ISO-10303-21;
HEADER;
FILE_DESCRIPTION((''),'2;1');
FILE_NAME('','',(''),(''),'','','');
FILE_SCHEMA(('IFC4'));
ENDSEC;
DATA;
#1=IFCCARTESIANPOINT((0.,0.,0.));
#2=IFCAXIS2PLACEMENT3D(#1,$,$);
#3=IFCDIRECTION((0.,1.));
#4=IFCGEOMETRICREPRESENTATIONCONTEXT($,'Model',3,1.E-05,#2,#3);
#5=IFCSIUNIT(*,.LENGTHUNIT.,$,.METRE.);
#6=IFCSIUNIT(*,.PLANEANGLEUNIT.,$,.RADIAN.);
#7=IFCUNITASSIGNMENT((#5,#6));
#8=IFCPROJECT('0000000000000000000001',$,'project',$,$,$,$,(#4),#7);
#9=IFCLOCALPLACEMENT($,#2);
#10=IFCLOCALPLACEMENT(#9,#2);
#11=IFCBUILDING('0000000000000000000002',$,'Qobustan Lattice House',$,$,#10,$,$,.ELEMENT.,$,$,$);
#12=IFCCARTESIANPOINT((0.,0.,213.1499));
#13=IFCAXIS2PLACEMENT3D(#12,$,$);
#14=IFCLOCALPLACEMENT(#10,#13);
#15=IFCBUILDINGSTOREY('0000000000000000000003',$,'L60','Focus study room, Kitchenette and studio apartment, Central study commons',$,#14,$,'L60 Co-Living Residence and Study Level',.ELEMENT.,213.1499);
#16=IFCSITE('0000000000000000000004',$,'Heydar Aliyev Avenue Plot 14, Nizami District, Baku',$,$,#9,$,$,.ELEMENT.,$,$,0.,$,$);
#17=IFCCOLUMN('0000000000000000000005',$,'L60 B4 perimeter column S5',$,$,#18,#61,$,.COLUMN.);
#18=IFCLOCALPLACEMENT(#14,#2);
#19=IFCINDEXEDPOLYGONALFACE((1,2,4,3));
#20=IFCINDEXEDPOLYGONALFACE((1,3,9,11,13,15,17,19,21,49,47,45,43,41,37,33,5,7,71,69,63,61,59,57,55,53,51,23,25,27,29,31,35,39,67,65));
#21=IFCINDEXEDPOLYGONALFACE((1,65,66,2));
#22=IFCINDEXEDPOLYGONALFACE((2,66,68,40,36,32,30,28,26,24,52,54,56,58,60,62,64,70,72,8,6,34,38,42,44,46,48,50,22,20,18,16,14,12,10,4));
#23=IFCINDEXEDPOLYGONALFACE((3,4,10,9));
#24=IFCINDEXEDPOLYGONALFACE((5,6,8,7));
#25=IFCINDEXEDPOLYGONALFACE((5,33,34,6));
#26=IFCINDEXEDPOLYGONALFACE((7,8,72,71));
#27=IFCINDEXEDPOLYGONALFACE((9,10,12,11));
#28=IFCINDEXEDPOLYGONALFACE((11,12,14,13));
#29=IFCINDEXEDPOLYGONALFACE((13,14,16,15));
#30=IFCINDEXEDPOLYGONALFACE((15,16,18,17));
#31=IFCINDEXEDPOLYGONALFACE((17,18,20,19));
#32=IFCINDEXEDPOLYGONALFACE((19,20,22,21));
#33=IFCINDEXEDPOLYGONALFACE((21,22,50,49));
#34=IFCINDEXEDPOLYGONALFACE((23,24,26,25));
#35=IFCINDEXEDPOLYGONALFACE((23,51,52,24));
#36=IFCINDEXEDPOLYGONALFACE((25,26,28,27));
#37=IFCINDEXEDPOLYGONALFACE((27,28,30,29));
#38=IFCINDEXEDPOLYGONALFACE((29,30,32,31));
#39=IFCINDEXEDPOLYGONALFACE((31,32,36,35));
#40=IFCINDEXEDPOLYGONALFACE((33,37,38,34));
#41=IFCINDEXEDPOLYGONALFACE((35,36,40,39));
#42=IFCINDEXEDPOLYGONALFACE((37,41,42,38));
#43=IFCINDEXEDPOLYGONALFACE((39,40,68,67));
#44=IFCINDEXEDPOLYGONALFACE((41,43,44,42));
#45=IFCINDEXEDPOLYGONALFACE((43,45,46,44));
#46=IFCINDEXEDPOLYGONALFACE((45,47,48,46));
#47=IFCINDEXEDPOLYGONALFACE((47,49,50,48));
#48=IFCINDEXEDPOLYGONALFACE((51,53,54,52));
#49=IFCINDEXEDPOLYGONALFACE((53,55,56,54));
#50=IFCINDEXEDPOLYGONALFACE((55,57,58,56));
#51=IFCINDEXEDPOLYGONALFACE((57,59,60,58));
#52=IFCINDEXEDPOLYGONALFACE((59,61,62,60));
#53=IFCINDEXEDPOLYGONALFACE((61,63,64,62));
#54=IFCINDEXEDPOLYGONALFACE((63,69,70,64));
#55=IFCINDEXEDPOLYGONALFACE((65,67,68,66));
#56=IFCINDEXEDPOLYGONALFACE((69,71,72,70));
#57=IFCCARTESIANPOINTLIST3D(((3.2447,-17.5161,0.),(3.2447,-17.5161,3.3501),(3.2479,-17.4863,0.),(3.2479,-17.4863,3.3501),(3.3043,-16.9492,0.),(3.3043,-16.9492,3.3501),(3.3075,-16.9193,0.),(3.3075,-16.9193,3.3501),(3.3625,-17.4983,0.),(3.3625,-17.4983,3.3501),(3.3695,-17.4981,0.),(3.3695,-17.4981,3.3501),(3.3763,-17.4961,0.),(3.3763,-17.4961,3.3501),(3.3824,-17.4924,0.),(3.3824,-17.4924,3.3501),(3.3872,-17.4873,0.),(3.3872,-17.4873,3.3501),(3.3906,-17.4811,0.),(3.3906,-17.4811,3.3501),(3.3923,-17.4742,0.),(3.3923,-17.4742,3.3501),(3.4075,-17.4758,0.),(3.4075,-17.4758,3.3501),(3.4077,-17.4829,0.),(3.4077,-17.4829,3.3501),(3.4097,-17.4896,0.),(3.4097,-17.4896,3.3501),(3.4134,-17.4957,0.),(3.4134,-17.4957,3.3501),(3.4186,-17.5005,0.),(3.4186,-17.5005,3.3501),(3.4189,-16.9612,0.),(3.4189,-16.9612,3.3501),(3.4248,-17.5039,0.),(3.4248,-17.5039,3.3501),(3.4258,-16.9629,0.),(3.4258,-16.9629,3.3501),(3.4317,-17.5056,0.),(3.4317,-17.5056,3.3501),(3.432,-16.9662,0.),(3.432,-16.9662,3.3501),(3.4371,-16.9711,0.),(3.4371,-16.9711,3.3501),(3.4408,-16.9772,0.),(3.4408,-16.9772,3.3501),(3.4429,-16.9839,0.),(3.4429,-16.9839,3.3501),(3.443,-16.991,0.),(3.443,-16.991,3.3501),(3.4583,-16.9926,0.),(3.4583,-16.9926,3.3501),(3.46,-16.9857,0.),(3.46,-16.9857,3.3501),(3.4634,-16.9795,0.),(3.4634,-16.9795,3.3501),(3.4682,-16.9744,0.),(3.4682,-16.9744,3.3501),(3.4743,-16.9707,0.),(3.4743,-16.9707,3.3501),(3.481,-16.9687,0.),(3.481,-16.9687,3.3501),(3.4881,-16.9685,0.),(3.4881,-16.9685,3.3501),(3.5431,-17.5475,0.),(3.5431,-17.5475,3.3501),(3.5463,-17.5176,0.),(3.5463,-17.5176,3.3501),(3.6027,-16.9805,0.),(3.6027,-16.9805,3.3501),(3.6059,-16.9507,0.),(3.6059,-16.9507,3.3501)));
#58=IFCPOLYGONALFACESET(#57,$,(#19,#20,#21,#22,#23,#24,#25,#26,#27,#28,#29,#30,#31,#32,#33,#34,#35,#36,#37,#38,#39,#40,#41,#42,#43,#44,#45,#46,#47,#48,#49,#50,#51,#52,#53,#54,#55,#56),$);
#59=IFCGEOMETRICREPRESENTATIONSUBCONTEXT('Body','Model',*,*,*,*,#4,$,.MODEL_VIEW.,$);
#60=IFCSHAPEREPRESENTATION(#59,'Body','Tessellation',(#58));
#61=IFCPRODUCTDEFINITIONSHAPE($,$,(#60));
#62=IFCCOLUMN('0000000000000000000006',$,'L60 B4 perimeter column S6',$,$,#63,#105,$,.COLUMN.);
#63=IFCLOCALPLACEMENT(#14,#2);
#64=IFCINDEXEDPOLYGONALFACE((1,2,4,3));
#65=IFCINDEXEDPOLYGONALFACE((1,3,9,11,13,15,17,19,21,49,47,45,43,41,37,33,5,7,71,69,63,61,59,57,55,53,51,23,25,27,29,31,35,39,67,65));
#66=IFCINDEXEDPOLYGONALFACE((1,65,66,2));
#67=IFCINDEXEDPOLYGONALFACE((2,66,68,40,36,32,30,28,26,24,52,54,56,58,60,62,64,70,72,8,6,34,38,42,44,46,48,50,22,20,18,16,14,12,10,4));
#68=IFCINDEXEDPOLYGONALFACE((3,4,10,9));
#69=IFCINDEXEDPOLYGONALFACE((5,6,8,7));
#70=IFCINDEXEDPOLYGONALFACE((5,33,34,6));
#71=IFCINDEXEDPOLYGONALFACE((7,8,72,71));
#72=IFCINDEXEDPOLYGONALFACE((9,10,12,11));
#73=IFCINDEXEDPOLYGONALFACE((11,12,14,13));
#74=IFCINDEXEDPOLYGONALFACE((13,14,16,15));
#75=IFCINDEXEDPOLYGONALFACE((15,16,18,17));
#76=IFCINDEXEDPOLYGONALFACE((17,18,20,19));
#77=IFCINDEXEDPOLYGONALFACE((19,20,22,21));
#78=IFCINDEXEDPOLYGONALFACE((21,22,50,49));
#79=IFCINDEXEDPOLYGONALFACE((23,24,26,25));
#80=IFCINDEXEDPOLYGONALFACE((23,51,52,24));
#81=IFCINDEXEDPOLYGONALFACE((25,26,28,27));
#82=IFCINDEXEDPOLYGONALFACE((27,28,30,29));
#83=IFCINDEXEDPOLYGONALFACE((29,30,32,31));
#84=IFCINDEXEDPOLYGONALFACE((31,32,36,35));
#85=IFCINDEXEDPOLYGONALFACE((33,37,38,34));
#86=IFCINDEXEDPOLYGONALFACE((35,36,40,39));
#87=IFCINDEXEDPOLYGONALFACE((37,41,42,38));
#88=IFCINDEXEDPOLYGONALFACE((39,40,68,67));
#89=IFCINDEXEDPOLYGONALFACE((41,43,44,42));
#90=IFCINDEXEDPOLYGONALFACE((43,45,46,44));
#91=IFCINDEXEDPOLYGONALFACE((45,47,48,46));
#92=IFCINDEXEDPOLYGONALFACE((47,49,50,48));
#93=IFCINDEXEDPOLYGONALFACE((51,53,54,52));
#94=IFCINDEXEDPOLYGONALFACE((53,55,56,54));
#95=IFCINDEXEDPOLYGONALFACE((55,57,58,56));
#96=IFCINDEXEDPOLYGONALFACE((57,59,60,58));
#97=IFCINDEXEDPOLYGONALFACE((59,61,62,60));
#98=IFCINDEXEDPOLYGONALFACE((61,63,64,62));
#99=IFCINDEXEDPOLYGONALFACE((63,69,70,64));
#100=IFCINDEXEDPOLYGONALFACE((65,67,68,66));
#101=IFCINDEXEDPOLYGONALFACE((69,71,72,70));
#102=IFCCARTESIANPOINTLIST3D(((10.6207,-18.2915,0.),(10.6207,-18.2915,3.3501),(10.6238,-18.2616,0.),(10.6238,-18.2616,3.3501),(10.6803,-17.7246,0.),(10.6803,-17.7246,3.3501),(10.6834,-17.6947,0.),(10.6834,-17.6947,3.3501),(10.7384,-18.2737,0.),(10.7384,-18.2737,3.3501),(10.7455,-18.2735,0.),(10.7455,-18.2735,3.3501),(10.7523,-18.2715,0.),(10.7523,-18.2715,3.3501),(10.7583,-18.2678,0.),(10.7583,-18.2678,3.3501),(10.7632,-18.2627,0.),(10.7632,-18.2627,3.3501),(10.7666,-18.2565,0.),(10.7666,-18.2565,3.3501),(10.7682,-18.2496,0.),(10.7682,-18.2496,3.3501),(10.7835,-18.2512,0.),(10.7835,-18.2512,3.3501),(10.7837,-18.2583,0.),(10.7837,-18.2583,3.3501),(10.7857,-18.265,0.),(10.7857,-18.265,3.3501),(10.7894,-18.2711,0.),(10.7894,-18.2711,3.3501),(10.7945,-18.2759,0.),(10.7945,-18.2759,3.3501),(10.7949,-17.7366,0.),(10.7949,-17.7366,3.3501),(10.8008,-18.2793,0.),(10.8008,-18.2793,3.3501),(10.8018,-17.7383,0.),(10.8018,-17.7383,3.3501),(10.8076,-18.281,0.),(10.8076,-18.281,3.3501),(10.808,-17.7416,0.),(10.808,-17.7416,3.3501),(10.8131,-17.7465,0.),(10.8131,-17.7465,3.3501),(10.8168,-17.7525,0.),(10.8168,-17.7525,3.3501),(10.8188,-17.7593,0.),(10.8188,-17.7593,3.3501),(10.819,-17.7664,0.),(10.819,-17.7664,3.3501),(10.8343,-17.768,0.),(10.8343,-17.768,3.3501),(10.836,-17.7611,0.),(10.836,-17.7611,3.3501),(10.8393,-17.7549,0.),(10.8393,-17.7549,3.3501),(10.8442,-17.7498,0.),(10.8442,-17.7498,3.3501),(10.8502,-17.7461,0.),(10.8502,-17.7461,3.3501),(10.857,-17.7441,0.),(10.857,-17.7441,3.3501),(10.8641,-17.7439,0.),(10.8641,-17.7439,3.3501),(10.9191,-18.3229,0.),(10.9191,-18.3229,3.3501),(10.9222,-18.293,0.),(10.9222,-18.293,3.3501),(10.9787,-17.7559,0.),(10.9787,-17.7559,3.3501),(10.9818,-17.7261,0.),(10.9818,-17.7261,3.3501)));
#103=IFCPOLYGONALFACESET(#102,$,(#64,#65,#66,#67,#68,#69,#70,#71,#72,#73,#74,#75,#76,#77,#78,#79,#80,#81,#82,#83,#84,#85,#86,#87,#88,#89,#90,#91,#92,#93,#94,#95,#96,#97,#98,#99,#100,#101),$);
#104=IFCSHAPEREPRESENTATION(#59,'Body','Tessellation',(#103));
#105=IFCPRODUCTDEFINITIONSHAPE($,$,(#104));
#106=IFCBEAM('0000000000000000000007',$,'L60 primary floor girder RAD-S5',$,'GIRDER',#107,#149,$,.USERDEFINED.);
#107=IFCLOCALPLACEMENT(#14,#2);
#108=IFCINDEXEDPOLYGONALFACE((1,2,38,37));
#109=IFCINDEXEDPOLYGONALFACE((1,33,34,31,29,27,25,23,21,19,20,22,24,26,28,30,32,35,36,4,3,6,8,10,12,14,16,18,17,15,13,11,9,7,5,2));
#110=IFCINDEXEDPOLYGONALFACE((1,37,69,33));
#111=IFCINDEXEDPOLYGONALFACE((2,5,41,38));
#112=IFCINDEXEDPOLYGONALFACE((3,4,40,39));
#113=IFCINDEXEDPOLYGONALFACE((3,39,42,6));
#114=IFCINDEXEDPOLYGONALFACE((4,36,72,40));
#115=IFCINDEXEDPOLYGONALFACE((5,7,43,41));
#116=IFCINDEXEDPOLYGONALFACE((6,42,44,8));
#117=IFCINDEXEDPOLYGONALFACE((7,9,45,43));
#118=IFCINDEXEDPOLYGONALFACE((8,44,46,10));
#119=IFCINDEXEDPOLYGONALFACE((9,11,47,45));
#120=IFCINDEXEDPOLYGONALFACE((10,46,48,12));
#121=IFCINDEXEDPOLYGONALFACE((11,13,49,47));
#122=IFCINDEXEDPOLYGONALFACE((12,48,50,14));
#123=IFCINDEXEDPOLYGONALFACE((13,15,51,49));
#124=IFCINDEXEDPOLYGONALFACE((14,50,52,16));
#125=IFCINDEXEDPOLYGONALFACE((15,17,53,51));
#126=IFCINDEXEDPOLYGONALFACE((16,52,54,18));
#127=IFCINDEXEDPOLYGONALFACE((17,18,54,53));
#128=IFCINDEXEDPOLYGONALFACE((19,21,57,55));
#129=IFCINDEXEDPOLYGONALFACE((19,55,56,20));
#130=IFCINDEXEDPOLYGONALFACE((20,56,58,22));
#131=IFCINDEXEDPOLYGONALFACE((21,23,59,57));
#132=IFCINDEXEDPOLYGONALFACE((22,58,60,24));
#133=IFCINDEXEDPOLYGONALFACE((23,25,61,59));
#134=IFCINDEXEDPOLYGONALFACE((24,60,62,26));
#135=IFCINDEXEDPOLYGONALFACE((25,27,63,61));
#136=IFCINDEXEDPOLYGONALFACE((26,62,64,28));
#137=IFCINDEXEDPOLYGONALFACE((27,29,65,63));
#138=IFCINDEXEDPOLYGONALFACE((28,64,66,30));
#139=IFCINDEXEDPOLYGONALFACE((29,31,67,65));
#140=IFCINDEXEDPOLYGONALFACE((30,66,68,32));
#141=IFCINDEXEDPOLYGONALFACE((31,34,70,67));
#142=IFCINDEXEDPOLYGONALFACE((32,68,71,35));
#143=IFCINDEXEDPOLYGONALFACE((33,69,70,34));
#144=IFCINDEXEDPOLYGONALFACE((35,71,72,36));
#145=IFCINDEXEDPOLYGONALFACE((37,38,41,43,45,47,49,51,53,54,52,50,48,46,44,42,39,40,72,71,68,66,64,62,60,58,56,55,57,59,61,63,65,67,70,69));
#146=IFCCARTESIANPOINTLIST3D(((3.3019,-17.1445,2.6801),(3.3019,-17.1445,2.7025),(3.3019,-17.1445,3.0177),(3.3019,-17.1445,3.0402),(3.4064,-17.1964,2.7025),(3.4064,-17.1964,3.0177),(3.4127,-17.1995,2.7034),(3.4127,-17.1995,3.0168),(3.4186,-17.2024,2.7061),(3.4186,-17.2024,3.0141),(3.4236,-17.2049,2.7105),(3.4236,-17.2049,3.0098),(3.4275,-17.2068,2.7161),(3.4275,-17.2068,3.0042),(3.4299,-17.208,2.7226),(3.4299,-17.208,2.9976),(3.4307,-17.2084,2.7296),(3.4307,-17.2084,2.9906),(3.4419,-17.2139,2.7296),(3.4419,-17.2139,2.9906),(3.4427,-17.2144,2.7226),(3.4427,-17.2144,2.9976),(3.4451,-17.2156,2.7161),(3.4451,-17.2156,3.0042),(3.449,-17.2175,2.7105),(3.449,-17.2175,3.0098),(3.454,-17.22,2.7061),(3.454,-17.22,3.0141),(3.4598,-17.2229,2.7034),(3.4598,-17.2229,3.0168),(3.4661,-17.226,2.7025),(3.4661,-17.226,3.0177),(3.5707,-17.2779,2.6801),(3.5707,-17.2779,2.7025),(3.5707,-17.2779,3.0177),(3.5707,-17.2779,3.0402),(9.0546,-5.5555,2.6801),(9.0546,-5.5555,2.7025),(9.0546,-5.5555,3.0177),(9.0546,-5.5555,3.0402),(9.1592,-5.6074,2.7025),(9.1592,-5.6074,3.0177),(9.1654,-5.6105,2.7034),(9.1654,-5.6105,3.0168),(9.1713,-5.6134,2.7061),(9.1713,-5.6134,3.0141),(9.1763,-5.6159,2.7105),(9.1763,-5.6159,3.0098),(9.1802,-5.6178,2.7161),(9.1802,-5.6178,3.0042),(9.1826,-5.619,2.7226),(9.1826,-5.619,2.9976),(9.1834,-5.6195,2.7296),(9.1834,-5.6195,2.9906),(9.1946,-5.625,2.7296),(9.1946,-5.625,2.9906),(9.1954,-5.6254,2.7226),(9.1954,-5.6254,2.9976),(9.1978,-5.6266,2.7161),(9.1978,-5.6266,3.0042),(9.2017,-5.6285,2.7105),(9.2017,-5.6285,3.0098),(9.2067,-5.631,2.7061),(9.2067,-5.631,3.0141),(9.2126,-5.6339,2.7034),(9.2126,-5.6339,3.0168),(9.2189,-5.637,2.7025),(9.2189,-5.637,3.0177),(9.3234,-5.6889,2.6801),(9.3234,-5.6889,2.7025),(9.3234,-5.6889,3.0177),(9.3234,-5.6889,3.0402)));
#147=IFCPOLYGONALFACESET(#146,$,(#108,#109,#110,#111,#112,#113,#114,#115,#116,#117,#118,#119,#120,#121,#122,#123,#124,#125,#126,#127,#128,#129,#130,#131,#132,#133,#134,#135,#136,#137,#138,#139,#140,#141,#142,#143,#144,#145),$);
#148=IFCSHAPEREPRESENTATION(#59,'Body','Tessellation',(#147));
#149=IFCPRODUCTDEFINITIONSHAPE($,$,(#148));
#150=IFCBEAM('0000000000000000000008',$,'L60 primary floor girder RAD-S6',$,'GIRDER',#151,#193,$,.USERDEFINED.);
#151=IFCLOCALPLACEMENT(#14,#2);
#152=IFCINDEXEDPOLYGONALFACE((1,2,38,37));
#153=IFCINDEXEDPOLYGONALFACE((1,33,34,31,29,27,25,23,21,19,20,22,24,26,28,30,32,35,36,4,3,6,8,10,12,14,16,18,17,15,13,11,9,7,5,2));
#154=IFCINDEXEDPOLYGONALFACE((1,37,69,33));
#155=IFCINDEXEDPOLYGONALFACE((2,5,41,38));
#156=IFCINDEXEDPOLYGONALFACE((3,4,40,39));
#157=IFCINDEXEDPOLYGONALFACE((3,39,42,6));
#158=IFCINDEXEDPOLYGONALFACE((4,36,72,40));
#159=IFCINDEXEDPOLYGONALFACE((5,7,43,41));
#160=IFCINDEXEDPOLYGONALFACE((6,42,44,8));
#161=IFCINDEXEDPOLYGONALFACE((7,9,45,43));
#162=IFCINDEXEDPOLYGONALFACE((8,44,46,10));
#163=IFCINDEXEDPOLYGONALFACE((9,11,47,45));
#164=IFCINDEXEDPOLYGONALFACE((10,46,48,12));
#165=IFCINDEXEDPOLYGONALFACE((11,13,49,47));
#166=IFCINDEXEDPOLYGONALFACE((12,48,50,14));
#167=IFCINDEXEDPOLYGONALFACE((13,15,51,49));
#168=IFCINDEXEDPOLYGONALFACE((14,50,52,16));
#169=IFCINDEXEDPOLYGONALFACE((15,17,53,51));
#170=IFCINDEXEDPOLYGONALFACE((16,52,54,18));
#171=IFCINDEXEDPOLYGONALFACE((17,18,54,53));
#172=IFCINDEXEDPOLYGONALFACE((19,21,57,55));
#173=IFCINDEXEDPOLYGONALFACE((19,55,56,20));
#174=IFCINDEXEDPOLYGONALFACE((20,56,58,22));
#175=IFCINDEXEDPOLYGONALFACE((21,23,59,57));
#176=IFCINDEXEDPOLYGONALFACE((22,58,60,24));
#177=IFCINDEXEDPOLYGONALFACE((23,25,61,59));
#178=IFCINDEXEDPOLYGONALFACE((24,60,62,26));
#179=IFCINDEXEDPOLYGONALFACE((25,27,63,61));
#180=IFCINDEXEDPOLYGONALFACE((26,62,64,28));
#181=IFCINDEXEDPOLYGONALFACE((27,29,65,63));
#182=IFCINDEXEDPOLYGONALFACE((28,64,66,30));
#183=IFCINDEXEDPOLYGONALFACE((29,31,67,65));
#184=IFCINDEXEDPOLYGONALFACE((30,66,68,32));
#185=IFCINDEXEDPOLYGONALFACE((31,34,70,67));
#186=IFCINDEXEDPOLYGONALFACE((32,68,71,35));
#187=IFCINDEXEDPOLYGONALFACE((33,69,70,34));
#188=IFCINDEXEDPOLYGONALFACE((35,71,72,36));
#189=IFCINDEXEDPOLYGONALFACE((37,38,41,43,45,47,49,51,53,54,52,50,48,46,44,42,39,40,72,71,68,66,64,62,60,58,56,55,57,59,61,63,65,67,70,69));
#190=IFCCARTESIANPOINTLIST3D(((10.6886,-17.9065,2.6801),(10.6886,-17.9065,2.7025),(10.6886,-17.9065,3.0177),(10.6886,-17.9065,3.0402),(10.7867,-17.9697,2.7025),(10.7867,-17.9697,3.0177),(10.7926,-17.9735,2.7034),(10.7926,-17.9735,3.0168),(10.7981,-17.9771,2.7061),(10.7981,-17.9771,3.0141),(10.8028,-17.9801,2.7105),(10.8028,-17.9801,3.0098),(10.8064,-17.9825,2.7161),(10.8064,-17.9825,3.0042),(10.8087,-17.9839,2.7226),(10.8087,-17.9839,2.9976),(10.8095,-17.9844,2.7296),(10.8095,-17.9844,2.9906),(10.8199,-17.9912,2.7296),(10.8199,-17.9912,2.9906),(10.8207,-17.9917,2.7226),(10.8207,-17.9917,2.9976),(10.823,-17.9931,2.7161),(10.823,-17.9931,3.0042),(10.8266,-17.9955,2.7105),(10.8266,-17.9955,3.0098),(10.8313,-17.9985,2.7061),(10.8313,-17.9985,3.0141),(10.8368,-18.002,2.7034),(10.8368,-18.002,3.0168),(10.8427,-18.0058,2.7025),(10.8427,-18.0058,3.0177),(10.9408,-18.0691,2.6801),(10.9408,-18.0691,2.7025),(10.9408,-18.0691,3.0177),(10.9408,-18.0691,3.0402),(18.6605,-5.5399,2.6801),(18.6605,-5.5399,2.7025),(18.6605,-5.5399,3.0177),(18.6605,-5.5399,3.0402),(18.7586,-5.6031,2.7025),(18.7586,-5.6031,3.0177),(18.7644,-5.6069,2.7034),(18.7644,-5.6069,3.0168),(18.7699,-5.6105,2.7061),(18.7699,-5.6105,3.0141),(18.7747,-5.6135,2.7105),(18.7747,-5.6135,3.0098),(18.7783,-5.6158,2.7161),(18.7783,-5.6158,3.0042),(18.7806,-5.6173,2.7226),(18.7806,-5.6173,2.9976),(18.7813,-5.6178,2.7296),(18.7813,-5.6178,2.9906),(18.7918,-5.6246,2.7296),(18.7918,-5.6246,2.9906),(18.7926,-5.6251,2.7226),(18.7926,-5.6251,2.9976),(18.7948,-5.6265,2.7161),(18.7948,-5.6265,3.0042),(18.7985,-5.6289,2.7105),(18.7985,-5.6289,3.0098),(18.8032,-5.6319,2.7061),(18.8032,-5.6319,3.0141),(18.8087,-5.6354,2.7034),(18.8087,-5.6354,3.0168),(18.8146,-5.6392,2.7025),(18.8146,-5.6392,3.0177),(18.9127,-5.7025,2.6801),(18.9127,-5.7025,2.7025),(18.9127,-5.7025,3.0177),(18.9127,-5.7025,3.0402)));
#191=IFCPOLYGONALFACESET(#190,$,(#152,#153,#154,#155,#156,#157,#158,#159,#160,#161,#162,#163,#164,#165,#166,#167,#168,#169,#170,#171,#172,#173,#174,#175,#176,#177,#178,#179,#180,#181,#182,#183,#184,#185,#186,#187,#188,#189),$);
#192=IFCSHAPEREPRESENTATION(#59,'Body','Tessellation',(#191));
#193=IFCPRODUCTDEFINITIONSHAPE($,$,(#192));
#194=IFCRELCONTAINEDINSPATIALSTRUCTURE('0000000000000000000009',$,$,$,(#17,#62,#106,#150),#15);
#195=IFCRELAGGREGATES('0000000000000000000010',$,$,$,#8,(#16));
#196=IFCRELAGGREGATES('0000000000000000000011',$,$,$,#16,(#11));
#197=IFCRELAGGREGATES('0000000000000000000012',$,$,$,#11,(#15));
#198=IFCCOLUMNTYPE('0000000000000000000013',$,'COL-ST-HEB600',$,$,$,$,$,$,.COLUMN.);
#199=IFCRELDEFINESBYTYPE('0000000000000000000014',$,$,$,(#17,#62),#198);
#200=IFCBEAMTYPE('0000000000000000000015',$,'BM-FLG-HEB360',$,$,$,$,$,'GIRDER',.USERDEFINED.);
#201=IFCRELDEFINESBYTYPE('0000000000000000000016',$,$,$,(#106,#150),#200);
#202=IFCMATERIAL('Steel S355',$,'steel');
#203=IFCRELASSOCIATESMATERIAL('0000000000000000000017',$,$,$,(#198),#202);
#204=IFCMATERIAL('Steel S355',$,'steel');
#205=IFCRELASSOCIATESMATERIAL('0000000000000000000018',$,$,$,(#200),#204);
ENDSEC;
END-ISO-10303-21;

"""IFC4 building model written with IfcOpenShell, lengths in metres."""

from ifc_helpers import new_model, si_unit, direction, frame, origin, origin_2d, place, context, subcontext, project, spatial, i_section, extrude, material, material_profile, profile_set, type_object, element, save


model = new_model("IFC4")

# Units and contexts
model_context = context("Model", 3, precision=1e-05, world=origin(), true_north=direction((0.0, 1.0)))
body_context = subcontext(model_context, "Body", "Model", "MODEL_VIEW")
ifc_project = project(units=[si_unit("LENGTHUNIT", "METRE"), si_unit("PLANEANGLEUNIT", "RADIAN")], contexts=[model_context])

# Site, building, storey
site_placement = place(None, origin())
site = spatial("IfcSite", under=ifc_project, at=site_placement, Name="Heydar Aliyev Avenue Plot 14, Nizami District, Baku", CompositionType="ELEMENT", RefElevation=0.0)
building_placement = place(site_placement, origin())
building = spatial("IfcBuilding", under=site, at=building_placement, Name="Qobustan Lattice House", CompositionType="ELEMENT")
storey_placement = place(building_placement, frame((0.0, 0.0, 213.1499)))
storey = spatial("IfcBuildingStorey", under=building, at=storey_placement, Name="L60", Description="Focus study room, Kitchenette and studio apartment, Central study commons", LongName="L60 Co-Living Residence and Study Level", CompositionType="ELEMENT", Elevation=213.1499)

# Columns
ifc_material_1 = material(Name="Steel S355", Category="steel")
ifc_material_profile_1 = material_profile(ifc_material_1, i_section(OverallWidth=0.3, OverallDepth=0.6001, WebThickness=0.0154, FlangeThickness=0.03, FilletRadius=0.0271, at=origin_2d()), Name="HEB600")
ifc_profile_set_1 = profile_set([ifc_material_profile_1], Name="Steel S355")
column_type = type_object("IfcColumnType", Name="COL-ST-HEB600", PredefinedType="COLUMN", material=ifc_profile_set_1)
for number, where, z_axis, x_axis, name in (
    (1, (3.4253, -17.2334, 0.0), (0.0, 0.0, 1.0), (0.994522, -0.104528, 0.0), "L60 B4 perimeter column S5"),
    (2, (10.8013, -18.0088, 0.0), (0.0, 0.0, 1.0), (0.994522, -0.104528, 0.0), "L60 B4 perimeter column S6"),
):
    element("IfcColumn", number, at=place(storey_placement, frame(where, z_axis=z_axis, x_axis=x_axis)), inside=storey, type_object=column_type, Name=name, PredefinedType="COLUMN", context=body_context, shape_type="SweptSolid", body=[
        extrude(i_section(OverallWidth=0.3, OverallDepth=0.6001, WebThickness=0.0154, FlangeThickness=0.03, FilletRadius=0.0271, at=origin_2d()), origin(), (0.0, 0.0, 1.0), 3.3501),
    ])

# Beams
ifc_material_2 = material(Name="Steel S355", Category="steel")
ifc_material_profile_2 = material_profile(ifc_material_2, i_section(OverallWidth=0.3, OverallDepth=0.3601, WebThickness=0.0125, FlangeThickness=0.0225, FilletRadius=0.0271, at=origin_2d()), Name="HEB360")
ifc_profile_set_2 = profile_set([ifc_material_profile_2], Name="Steel S355")
beam_type_1 = type_object("IfcBeamType", Name="BM-FLG-HEB360", ElementType="GIRDER", PredefinedType="USERDEFINED", material=ifc_profile_set_2)
beam_1_placement = place(storey_placement, frame((3.4363, -17.2112, 2.8601), z_axis=(0.44463, 0.895714, 0.0), x_axis=(-0.895714, 0.44463, 0.0)))
element("IfcBeam", 3, at=beam_1_placement, inside=storey, type_object=beam_type_1, Name="L60 primary floor girder RAD-S5", ObjectType="GIRDER", PredefinedType="USERDEFINED", context=body_context, shape_type="SweptSolid", body=[
    extrude(i_section(OverallWidth=0.3, OverallDepth=0.3601, WebThickness=0.0125, FlangeThickness=0.0225, FilletRadius=0.0271, at=origin_2d()), origin(), (0.0, 0.0, 1.0), 12.9382),
])
beam_2_placement = place(storey_placement, frame((10.8147, -17.9878, 2.8601), z_axis=(0.54181, 0.840501, 0.0), x_axis=(-0.840501, 0.54181, 0.0)))
element("IfcBeam", 4, at=beam_2_placement, inside=storey, type_object=beam_type_1, Name="L60 primary floor girder RAD-S6", ObjectType="GIRDER", PredefinedType="USERDEFINED", context=body_context, shape_type="SweptSolid", body=[
    extrude(i_section(OverallWidth=0.3, OverallDepth=0.3601, WebThickness=0.0125, FlangeThickness=0.0225, FilletRadius=0.0271, at=origin_2d()), origin(), (0.0, 0.0, 1.0), 14.7134),
])

save(model, "model.ifc")
